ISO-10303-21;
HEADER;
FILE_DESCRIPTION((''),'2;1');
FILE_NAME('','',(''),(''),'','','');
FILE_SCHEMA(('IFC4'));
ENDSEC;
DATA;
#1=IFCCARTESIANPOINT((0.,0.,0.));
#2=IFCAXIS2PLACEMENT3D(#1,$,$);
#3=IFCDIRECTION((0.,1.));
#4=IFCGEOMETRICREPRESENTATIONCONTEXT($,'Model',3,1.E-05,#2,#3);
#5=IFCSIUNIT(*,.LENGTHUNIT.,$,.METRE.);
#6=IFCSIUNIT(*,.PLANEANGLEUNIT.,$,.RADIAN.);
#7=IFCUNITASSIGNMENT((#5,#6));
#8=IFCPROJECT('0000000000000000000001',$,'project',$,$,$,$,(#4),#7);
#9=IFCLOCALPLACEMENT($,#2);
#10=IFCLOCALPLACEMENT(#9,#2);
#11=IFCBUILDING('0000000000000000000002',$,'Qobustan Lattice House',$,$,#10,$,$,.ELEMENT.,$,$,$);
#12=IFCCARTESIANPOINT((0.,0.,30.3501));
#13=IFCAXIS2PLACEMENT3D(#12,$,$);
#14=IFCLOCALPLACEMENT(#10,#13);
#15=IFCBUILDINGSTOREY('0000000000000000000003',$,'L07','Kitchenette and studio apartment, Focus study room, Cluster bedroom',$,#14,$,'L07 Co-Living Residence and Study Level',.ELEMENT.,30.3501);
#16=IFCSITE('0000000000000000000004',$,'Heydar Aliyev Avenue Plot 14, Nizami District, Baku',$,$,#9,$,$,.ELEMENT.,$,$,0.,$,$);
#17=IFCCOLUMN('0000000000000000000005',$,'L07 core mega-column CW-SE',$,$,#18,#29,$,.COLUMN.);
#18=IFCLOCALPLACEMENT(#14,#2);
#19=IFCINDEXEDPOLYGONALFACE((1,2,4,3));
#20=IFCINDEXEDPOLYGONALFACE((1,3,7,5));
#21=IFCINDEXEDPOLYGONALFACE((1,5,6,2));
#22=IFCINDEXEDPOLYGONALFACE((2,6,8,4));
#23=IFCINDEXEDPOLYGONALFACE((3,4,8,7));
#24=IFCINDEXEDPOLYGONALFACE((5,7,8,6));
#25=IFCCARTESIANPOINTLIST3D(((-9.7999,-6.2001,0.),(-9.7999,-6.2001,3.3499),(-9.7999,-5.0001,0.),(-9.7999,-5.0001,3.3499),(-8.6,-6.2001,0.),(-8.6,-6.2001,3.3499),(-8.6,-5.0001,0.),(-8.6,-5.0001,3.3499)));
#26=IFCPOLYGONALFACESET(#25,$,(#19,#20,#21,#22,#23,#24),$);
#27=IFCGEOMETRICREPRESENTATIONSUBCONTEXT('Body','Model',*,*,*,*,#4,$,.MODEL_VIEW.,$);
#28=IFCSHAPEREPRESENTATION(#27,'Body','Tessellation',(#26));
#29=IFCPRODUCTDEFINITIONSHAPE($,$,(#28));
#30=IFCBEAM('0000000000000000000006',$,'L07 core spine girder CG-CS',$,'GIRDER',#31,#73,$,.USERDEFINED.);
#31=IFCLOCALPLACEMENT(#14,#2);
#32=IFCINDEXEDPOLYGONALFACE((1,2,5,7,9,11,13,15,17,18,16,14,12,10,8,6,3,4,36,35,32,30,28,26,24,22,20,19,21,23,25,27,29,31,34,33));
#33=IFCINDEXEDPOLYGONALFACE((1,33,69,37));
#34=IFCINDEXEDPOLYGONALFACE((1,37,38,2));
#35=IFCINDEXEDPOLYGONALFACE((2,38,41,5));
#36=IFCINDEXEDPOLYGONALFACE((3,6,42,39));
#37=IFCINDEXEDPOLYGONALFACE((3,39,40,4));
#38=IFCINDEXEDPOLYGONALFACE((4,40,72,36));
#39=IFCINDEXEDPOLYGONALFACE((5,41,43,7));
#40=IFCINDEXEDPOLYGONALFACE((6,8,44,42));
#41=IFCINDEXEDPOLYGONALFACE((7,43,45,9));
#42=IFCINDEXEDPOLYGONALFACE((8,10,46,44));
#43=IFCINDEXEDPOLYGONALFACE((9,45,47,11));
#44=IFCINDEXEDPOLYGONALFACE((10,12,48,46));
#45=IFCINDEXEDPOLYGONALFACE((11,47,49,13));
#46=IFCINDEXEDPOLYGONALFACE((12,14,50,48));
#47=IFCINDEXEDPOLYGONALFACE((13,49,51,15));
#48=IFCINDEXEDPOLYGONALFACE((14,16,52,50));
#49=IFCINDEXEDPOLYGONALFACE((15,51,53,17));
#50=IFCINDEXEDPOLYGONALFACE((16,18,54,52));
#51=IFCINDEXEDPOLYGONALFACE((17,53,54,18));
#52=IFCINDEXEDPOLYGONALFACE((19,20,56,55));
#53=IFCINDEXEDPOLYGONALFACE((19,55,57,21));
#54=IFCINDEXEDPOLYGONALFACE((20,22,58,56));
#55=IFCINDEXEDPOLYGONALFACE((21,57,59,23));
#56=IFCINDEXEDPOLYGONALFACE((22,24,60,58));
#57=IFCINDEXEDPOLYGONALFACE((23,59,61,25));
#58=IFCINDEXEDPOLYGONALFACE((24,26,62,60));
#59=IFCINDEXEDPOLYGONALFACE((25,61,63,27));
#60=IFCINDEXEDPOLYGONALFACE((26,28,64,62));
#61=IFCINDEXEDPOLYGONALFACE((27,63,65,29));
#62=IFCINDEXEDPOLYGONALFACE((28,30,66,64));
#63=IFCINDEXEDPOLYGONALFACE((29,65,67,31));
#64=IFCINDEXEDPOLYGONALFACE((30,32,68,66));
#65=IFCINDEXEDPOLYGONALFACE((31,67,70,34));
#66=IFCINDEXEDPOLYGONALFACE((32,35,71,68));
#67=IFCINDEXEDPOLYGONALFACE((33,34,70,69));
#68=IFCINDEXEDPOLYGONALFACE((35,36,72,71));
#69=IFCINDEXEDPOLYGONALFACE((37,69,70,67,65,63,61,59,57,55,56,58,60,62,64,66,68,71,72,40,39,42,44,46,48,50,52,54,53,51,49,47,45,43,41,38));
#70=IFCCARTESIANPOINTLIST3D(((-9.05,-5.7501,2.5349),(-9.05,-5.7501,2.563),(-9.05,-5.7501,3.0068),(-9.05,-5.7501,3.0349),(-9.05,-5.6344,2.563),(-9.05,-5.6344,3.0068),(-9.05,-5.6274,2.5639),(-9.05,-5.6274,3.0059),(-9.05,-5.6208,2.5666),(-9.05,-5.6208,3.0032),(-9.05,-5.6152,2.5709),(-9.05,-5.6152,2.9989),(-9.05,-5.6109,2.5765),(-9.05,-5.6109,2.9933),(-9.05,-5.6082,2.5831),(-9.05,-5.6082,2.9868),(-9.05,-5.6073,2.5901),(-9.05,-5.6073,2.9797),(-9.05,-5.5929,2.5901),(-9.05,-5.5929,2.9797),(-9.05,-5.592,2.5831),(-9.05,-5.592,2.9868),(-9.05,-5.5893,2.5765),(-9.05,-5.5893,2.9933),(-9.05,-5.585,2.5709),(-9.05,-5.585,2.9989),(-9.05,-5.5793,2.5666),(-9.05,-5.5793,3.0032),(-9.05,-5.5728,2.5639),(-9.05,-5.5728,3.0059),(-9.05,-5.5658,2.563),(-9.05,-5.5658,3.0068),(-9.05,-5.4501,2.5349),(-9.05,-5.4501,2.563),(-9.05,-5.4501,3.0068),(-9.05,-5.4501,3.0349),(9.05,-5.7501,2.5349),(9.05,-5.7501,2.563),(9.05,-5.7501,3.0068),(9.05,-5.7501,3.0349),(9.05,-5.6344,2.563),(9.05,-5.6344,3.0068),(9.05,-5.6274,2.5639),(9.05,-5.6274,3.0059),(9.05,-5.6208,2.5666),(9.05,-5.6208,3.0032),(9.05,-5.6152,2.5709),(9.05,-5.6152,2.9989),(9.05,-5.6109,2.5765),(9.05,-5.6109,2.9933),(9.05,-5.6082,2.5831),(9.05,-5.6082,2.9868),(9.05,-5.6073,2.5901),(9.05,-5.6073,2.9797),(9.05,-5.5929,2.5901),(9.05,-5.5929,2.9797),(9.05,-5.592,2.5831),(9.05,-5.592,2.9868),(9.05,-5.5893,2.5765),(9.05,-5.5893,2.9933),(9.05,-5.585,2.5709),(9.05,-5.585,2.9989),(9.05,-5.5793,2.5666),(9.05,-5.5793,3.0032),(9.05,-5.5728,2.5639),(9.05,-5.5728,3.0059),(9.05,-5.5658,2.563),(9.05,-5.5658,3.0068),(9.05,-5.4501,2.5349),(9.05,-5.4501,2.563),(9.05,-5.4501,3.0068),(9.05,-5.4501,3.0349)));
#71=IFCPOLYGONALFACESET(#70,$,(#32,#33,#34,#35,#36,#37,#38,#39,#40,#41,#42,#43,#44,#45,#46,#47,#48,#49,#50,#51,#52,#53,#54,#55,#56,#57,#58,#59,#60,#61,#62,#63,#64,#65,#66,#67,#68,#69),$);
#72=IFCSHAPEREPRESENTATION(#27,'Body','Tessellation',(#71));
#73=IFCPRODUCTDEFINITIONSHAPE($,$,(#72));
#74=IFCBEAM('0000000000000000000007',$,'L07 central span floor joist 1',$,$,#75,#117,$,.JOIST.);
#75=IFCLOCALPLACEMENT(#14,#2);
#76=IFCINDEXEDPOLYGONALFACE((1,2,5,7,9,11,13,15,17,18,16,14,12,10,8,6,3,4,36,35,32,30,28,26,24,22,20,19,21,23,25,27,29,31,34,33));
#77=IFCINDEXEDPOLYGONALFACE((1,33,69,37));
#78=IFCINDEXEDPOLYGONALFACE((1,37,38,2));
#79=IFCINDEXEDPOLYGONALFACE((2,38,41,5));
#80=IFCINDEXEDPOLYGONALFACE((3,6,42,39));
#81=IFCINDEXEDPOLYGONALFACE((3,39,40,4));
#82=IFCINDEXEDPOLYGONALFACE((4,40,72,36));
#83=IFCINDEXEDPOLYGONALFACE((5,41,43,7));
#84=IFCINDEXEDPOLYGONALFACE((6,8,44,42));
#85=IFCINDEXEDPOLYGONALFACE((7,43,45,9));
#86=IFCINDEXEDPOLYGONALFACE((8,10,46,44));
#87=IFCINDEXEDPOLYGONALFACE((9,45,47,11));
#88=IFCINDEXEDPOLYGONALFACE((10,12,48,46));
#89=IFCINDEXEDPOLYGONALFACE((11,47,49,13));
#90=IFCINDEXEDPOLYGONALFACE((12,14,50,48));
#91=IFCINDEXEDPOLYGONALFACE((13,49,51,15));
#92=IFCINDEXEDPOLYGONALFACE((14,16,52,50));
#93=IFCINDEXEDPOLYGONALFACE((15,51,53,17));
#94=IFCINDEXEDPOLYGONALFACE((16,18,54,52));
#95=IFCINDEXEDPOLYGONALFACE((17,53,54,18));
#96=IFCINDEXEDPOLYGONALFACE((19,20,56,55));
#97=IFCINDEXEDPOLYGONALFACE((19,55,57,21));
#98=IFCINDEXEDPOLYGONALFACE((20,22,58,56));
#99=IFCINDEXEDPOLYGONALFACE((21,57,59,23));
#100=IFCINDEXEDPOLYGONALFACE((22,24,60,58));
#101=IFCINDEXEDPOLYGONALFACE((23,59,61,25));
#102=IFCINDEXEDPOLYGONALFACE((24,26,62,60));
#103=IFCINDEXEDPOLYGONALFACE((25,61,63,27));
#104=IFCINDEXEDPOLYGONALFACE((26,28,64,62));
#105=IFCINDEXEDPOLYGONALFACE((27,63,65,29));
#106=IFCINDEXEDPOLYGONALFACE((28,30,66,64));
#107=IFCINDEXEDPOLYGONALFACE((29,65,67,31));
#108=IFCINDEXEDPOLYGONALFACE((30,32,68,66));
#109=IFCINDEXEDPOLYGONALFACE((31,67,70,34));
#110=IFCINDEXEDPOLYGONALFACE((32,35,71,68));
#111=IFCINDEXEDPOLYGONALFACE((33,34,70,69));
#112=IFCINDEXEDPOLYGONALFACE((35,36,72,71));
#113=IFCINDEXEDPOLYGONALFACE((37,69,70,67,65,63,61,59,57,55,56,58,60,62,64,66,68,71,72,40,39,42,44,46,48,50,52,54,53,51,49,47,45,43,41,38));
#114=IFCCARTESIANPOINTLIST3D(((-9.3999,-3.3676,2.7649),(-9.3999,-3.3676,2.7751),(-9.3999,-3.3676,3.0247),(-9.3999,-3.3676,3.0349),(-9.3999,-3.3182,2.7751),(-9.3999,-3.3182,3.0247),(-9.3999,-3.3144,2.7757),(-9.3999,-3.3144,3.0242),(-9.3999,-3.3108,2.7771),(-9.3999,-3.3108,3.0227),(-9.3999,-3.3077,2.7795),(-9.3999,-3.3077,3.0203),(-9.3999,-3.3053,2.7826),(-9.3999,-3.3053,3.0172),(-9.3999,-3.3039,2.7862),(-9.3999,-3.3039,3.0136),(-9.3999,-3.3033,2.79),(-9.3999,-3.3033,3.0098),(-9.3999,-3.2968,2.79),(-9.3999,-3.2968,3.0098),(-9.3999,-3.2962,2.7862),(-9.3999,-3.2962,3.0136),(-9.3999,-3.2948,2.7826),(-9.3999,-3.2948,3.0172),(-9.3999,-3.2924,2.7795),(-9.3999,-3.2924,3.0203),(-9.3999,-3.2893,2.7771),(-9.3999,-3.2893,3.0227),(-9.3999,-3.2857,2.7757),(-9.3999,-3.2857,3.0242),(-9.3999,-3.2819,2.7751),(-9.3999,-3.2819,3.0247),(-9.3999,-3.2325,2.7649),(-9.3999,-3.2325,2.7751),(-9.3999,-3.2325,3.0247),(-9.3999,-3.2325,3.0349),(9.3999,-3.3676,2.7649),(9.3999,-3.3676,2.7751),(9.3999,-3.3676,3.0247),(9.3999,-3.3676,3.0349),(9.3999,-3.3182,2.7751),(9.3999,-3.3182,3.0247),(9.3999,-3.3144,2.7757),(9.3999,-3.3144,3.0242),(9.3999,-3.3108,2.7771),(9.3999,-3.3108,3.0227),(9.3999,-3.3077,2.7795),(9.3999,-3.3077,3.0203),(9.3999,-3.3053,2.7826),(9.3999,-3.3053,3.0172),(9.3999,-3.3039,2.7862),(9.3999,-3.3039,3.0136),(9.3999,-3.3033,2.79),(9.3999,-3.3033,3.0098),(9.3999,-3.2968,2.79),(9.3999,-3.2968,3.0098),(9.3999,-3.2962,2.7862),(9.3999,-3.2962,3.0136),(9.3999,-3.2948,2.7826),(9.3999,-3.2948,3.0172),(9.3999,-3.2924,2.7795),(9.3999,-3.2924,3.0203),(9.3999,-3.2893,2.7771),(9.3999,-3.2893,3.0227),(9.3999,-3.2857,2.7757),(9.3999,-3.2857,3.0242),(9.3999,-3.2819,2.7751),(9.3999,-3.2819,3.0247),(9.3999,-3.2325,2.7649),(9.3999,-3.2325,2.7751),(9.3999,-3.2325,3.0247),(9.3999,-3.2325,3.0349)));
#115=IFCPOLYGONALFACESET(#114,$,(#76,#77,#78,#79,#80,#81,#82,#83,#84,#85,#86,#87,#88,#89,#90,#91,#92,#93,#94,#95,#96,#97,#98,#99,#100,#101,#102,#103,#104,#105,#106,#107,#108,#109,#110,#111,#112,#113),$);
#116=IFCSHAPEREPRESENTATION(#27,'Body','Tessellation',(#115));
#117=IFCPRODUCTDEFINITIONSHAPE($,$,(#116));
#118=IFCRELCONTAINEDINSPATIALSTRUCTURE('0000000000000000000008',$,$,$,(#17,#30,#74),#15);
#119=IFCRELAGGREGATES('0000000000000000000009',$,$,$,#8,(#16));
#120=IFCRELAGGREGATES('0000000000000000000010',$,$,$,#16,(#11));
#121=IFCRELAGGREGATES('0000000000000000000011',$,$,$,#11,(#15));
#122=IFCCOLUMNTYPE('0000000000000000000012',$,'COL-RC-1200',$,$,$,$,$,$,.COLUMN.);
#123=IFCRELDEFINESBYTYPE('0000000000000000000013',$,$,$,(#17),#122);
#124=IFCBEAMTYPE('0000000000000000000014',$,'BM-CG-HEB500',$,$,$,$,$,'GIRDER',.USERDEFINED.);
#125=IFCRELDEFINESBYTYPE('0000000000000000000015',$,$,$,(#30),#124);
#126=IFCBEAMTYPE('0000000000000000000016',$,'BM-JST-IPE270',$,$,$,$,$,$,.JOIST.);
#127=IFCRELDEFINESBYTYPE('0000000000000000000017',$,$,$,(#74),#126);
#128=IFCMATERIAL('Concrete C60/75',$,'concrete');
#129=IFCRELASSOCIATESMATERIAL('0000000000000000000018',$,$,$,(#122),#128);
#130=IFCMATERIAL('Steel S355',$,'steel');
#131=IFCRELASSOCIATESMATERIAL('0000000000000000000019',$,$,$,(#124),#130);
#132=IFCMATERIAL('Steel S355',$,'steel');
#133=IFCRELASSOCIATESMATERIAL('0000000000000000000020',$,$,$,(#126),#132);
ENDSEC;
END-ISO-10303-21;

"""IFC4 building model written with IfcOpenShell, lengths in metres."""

from ifc_helpers import new_model, si_unit, direction, frame, origin, origin_2d, place, context, subcontext, project, spatial, rectangle, i_section, extrude, material, material_profile, profile_set, type_object, element, save


model = new_model("IFC4")

# Units and contexts
model_context = context("Model", 3, precision=1e-05, world=origin(), true_north=direction((0.0, 1.0)))
body_context = subcontext(model_context, "Body", "Model", "MODEL_VIEW")
ifc_project = project(units=[si_unit("LENGTHUNIT", "METRE"), si_unit("PLANEANGLEUNIT", "RADIAN")], contexts=[model_context])

# Site, building, storey
site_placement = place(None, origin())
site = spatial("IfcSite", under=ifc_project, at=site_placement, Name="Heydar Aliyev Avenue Plot 14, Nizami District, Baku", CompositionType="ELEMENT", RefElevation=0.0)
building_placement = place(site_placement, origin())
building = spatial("IfcBuilding", under=site, at=building_placement, Name="Qobustan Lattice House", CompositionType="ELEMENT")
storey_placement = place(building_placement, frame((0.0, 0.0, 30.3501)))
storey = spatial("IfcBuildingStorey", under=building, at=storey_placement, Name="L07", Description="Kitchenette and studio apartment, Focus study room, Cluster bedroom", LongName="L07 Co-Living Residence and Study Level", CompositionType="ELEMENT", Elevation=30.3501)

# Column
ifc_material_1 = material(Name="Concrete C60/75", Category="concrete")
ifc_material_profile_1 = material_profile(ifc_material_1, rectangle(XDim=1.2, YDim=1.2, at=origin_2d()), Name="RC1200x1200")
ifc_profile_set_1 = profile_set([ifc_material_profile_1], Name="Concrete C60/75")
column_type = type_object("IfcColumnType", Name="COL-RC-1200", PredefinedType="COLUMN", material=ifc_profile_set_1)
column_placement = place(storey_placement, frame((-9.2, -5.6001, 0.0), z_axis=(0.0, 0.0, 1.0), x_axis=(1.0, 0.0, 0.0)))
element("IfcColumn", 1, at=column_placement, inside=storey, type_object=column_type, Name="L07 core mega-column CW-SE", PredefinedType="COLUMN", context=body_context, shape_type="SweptSolid", body=[
    extrude(rectangle(XDim=1.2, YDim=1.2, at=origin_2d()), origin(), (0.0, 0.0, 1.0), 3.3499),
])

# Beams
ifc_material_2 = material(Name="Steel S355", Category="steel")
ifc_material_profile_2 = material_profile(ifc_material_2, i_section(OverallWidth=0.3, OverallDepth=0.5, WebThickness=0.0144, FlangeThickness=0.0281, FilletRadius=0.0271, at=origin_2d()), Name="HEB500")
ifc_profile_set_2 = profile_set([ifc_material_profile_2], Name="Steel S355")
beam_type_1 = type_object("IfcBeamType", Name="BM-CG-HEB500", ElementType="GIRDER", PredefinedType="USERDEFINED", material=ifc_profile_set_2)
beam_1_placement = place(storey_placement, frame((-9.05, -5.6001, 2.7849), z_axis=(1.0, 0.0, 0.0), x_axis=(0.0, 1.0, 0.0)))
element("IfcBeam", 2, at=beam_1_placement, inside=storey, type_object=beam_type_1, Name="L07 core spine girder CG-CS", ObjectType="GIRDER", PredefinedType="USERDEFINED", context=body_context, shape_type="SweptSolid", body=[
    extrude(i_section(OverallWidth=0.3, OverallDepth=0.5, WebThickness=0.0144, FlangeThickness=0.0281, FilletRadius=0.0271, at=origin_2d()), origin(), (0.0, 0.0, 1.0), 18.1001),
])
ifc_material_3 = material(Name="Steel S355", Category="steel")
ifc_material_profile_3 = material_profile(ifc_material_3, i_section(OverallWidth=0.135, OverallDepth=0.27, WebThickness=0.0066, FlangeThickness=0.0103, FilletRadius=0.0149, at=origin_2d()), Name="IPE270")
ifc_profile_set_3 = profile_set([ifc_material_profile_3], Name="Steel S355")
beam_type_2 = type_object("IfcBeamType", Name="BM-JST-IPE270", PredefinedType="JOIST", material=ifc_profile_set_3)
beam_2_placement = place(storey_placement, frame((-9.3999, -3.3, 2.8999), z_axis=(1.0, 0.0, 0.0), x_axis=(0.0, 1.0, 0.0)))
element("IfcBeam", 3, at=beam_2_placement, inside=storey, type_object=beam_type_2, Name="L07 central span floor joist 1", PredefinedType="JOIST", context=body_context, shape_type="SweptSolid", body=[
    extrude(i_section(OverallWidth=0.135, OverallDepth=0.27, WebThickness=0.0066, FlangeThickness=0.0103, FilletRadius=0.0149, at=origin_2d()), origin(), (0.0, 0.0, 1.0), 18.7998),
])

save(model, "model.ifc")
